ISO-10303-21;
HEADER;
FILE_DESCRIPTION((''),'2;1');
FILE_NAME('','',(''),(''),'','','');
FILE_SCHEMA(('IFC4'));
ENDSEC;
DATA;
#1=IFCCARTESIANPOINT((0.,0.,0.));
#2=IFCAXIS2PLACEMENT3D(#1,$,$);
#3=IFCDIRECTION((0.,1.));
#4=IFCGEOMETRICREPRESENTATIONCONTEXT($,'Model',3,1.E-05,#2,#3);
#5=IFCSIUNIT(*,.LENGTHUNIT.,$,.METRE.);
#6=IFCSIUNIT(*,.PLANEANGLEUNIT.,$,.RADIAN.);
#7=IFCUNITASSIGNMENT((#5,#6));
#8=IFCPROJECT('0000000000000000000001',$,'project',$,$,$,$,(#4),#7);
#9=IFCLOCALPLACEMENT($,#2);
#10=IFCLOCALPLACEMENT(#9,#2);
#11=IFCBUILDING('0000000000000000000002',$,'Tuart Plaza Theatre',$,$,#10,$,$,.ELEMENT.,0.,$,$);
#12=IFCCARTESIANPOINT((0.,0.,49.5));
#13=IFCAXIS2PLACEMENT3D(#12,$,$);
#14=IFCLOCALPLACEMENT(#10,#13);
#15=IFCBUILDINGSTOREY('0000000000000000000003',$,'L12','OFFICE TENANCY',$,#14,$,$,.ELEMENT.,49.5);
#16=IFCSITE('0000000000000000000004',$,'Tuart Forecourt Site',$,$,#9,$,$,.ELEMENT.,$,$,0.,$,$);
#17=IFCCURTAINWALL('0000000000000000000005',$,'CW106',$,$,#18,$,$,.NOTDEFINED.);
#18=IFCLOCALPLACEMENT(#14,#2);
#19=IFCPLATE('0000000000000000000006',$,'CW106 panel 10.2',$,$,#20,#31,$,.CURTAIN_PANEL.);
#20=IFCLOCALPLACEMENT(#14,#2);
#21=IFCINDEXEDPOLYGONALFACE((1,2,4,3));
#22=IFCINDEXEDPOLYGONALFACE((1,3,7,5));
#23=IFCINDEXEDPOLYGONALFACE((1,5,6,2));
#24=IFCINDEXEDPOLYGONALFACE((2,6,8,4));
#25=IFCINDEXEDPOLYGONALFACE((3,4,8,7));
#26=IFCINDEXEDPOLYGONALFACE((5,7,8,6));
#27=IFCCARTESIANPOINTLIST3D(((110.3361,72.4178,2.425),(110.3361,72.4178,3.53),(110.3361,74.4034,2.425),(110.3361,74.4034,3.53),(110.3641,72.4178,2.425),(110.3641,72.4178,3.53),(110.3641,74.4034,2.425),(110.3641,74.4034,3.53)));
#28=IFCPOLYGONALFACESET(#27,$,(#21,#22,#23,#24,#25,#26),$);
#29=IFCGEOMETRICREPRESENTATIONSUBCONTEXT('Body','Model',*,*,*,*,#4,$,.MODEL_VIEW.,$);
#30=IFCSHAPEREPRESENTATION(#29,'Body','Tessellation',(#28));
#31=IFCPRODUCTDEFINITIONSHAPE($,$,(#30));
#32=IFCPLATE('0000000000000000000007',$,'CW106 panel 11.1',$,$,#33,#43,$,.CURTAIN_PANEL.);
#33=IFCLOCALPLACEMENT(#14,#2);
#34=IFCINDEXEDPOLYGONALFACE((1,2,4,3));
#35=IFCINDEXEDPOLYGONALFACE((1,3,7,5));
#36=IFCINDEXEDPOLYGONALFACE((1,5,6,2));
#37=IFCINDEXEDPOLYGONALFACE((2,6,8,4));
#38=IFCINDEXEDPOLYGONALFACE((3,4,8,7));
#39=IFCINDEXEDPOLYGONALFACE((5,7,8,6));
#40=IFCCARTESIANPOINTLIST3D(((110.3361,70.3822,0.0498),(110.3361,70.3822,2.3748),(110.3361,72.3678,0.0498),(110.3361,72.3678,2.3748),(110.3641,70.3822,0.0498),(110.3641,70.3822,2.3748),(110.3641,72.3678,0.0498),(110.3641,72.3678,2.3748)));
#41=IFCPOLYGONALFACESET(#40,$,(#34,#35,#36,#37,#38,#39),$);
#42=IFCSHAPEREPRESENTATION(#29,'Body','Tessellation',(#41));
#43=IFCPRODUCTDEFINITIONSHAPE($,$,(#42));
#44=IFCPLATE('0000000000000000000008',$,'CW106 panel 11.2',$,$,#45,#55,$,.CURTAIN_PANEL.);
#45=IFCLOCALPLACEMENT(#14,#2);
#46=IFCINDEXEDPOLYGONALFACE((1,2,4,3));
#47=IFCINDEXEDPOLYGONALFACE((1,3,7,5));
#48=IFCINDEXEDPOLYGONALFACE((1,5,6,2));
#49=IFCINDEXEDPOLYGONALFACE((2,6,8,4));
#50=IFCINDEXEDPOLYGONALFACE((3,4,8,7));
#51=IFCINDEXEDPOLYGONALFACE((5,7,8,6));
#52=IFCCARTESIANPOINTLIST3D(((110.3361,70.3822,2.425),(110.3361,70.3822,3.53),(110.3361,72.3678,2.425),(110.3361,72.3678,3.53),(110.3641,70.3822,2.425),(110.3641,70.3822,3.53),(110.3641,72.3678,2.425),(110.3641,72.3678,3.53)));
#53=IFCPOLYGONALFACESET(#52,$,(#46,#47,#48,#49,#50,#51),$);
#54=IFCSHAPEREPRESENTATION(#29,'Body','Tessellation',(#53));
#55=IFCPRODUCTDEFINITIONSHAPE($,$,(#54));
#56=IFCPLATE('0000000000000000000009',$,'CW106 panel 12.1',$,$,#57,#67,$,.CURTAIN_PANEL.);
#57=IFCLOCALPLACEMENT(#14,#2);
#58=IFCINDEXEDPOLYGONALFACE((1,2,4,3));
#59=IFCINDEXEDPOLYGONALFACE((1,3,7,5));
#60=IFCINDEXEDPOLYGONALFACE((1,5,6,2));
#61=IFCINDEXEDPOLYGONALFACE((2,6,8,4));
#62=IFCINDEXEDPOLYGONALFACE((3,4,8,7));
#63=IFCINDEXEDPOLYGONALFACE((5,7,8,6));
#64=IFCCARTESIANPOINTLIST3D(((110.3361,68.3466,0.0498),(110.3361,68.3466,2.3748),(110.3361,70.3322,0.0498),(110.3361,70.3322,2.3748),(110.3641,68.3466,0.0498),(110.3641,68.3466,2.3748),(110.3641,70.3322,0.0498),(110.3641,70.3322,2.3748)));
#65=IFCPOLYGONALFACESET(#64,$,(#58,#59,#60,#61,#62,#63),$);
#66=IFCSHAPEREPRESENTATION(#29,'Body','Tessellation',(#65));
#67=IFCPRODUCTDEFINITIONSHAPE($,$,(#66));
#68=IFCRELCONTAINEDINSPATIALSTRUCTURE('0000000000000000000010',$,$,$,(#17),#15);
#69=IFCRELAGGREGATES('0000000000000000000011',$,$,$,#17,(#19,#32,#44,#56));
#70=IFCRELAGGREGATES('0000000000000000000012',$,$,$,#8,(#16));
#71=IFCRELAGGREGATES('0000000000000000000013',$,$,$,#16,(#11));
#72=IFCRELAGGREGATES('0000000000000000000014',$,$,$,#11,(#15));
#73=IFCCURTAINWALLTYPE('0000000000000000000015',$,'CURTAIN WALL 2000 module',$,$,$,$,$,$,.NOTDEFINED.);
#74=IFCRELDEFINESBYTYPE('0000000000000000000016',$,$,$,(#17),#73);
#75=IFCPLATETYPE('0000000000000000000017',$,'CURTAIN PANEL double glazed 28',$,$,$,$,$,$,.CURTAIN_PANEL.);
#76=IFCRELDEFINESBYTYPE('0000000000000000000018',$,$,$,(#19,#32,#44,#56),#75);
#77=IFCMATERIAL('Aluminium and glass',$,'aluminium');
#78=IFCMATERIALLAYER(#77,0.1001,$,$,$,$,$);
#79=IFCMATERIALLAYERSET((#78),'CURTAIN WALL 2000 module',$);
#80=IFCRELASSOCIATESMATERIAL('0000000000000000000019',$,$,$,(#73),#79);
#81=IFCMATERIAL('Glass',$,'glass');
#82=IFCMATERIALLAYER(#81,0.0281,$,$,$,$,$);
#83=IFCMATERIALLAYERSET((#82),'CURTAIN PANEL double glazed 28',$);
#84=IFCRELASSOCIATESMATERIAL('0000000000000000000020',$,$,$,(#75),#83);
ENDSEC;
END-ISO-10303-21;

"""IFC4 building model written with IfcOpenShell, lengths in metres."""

from ifc_helpers import new_model, si_unit, direction, frame, origin, origin_2d, place, context, subcontext, project, spatial, rectangle, extrude, material, layer, layer_set, type_object, element, aggregate, save


model = new_model("IFC4")

# Units and contexts
model_context = context("Model", 3, precision=1e-05, world=origin(), true_north=direction((0.0, 1.0)))
body_context = subcontext(model_context, "Body", "Model", "MODEL_VIEW")
ifc_project = project(units=[si_unit("LENGTHUNIT", "METRE"), si_unit("PLANEANGLEUNIT", "RADIAN")], contexts=[model_context])

# Site, building, storey
site_placement = place(None, origin())
site = spatial("IfcSite", under=ifc_project, at=site_placement, Name="Tuart Forecourt Site", CompositionType="ELEMENT", RefElevation=0.0)
building_placement = place(site_placement, origin())
building = spatial("IfcBuilding", under=site, at=building_placement, Name="Tuart Plaza Theatre", CompositionType="ELEMENT", ElevationOfRefHeight=0.0)
storey_placement = place(building_placement, frame((0.0, 0.0, 49.5)))
storey = spatial("IfcBuildingStorey", under=building, at=storey_placement, Name="L12", Description="OFFICE TENANCY", CompositionType="ELEMENT", Elevation=49.5)

# Curtain wall, plates
ifc_material_1 = material(Name="Aluminium and glass", Category="aluminium")
ifc_layer_1 = layer(ifc_material_1, 0.1001)
ifc_layer_set_1 = layer_set([ifc_layer_1], Name="CURTAIN WALL 2000 module")
curtain_wall_type = type_object("IfcCurtainWallType", Name="CURTAIN WALL 2000 module", PredefinedType="NOTDEFINED", material=ifc_layer_set_1)
curtain_wall_placement = place(storey_placement, origin())
curtain_wall = element("IfcCurtainWall", 1, at=curtain_wall_placement, inside=storey, type_object=curtain_wall_type, Name="CW106", PredefinedType="NOTDEFINED")
ifc_material_2 = material(Name="Glass", Category="glass")
ifc_layer_2 = layer(ifc_material_2, 0.0281)
ifc_layer_set_2 = layer_set([ifc_layer_2], Name="CURTAIN PANEL double glazed 28")
plate_type = type_object("IfcPlateType", Name="CURTAIN PANEL double glazed 28", PredefinedType="CURTAIN_PANEL", material=ifc_layer_set_2)
plate_1_placement = place(storey_placement, frame((110.3501, 73.4106, 2.425), z_axis=(0.0, 0.0, 1.0), x_axis=(0.0, -1.0, 0.0)))
plate_1 = element("IfcPlate", 2, at=plate_1_placement, type_object=plate_type, Name="CW106 panel 10.2", PredefinedType="CURTAIN_PANEL", context=body_context, shape_type="SweptSolid", body=[
    extrude(rectangle(XDim=1.9856, YDim=0.0281, at=origin_2d()), origin(), (0.0, 0.0, 1.0), 1.105),
])
plate_2_placement = place(storey_placement, frame((110.3501, 71.375, 0.0498), z_axis=(0.0, 0.0, 1.0), x_axis=(0.0, -1.0, 0.0)))
plate_2 = element("IfcPlate", 3, at=plate_2_placement, type_object=plate_type, Name="CW106 panel 11.1", PredefinedType="CURTAIN_PANEL", context=body_context, shape_type="SweptSolid", body=[
    extrude(rectangle(XDim=1.9856, YDim=0.0281, at=origin_2d()), origin(), (0.0, 0.0, 1.0), 2.325),
])
plate_3_placement = place(storey_placement, frame((110.3501, 71.375, 2.425), z_axis=(0.0, 0.0, 1.0), x_axis=(0.0, -1.0, 0.0)))
plate_3 = element("IfcPlate", 4, at=plate_3_placement, type_object=plate_type, Name="CW106 panel 11.2", PredefinedType="CURTAIN_PANEL", context=body_context, shape_type="SweptSolid", body=[
    extrude(rectangle(XDim=1.9856, YDim=0.0281, at=origin_2d()), origin(), (0.0, 0.0, 1.0), 1.105),
])
plate_4_placement = place(storey_placement, frame((110.3501, 69.3394, 0.0498), z_axis=(0.0, 0.0, 1.0), x_axis=(0.0, -1.0, 0.0)))
plate_4 = element("IfcPlate", 5, at=plate_4_placement, type_object=plate_type, Name="CW106 panel 12.1", PredefinedType="CURTAIN_PANEL", context=body_context, shape_type="SweptSolid", body=[
    extrude(rectangle(XDim=1.9856, YDim=0.0281, at=origin_2d()), origin(), (0.0, 0.0, 1.0), 2.325),
])
aggregate(curtain_wall, [plate_1, plate_2, plate_3, plate_4])

save(model, "model.ifc")
